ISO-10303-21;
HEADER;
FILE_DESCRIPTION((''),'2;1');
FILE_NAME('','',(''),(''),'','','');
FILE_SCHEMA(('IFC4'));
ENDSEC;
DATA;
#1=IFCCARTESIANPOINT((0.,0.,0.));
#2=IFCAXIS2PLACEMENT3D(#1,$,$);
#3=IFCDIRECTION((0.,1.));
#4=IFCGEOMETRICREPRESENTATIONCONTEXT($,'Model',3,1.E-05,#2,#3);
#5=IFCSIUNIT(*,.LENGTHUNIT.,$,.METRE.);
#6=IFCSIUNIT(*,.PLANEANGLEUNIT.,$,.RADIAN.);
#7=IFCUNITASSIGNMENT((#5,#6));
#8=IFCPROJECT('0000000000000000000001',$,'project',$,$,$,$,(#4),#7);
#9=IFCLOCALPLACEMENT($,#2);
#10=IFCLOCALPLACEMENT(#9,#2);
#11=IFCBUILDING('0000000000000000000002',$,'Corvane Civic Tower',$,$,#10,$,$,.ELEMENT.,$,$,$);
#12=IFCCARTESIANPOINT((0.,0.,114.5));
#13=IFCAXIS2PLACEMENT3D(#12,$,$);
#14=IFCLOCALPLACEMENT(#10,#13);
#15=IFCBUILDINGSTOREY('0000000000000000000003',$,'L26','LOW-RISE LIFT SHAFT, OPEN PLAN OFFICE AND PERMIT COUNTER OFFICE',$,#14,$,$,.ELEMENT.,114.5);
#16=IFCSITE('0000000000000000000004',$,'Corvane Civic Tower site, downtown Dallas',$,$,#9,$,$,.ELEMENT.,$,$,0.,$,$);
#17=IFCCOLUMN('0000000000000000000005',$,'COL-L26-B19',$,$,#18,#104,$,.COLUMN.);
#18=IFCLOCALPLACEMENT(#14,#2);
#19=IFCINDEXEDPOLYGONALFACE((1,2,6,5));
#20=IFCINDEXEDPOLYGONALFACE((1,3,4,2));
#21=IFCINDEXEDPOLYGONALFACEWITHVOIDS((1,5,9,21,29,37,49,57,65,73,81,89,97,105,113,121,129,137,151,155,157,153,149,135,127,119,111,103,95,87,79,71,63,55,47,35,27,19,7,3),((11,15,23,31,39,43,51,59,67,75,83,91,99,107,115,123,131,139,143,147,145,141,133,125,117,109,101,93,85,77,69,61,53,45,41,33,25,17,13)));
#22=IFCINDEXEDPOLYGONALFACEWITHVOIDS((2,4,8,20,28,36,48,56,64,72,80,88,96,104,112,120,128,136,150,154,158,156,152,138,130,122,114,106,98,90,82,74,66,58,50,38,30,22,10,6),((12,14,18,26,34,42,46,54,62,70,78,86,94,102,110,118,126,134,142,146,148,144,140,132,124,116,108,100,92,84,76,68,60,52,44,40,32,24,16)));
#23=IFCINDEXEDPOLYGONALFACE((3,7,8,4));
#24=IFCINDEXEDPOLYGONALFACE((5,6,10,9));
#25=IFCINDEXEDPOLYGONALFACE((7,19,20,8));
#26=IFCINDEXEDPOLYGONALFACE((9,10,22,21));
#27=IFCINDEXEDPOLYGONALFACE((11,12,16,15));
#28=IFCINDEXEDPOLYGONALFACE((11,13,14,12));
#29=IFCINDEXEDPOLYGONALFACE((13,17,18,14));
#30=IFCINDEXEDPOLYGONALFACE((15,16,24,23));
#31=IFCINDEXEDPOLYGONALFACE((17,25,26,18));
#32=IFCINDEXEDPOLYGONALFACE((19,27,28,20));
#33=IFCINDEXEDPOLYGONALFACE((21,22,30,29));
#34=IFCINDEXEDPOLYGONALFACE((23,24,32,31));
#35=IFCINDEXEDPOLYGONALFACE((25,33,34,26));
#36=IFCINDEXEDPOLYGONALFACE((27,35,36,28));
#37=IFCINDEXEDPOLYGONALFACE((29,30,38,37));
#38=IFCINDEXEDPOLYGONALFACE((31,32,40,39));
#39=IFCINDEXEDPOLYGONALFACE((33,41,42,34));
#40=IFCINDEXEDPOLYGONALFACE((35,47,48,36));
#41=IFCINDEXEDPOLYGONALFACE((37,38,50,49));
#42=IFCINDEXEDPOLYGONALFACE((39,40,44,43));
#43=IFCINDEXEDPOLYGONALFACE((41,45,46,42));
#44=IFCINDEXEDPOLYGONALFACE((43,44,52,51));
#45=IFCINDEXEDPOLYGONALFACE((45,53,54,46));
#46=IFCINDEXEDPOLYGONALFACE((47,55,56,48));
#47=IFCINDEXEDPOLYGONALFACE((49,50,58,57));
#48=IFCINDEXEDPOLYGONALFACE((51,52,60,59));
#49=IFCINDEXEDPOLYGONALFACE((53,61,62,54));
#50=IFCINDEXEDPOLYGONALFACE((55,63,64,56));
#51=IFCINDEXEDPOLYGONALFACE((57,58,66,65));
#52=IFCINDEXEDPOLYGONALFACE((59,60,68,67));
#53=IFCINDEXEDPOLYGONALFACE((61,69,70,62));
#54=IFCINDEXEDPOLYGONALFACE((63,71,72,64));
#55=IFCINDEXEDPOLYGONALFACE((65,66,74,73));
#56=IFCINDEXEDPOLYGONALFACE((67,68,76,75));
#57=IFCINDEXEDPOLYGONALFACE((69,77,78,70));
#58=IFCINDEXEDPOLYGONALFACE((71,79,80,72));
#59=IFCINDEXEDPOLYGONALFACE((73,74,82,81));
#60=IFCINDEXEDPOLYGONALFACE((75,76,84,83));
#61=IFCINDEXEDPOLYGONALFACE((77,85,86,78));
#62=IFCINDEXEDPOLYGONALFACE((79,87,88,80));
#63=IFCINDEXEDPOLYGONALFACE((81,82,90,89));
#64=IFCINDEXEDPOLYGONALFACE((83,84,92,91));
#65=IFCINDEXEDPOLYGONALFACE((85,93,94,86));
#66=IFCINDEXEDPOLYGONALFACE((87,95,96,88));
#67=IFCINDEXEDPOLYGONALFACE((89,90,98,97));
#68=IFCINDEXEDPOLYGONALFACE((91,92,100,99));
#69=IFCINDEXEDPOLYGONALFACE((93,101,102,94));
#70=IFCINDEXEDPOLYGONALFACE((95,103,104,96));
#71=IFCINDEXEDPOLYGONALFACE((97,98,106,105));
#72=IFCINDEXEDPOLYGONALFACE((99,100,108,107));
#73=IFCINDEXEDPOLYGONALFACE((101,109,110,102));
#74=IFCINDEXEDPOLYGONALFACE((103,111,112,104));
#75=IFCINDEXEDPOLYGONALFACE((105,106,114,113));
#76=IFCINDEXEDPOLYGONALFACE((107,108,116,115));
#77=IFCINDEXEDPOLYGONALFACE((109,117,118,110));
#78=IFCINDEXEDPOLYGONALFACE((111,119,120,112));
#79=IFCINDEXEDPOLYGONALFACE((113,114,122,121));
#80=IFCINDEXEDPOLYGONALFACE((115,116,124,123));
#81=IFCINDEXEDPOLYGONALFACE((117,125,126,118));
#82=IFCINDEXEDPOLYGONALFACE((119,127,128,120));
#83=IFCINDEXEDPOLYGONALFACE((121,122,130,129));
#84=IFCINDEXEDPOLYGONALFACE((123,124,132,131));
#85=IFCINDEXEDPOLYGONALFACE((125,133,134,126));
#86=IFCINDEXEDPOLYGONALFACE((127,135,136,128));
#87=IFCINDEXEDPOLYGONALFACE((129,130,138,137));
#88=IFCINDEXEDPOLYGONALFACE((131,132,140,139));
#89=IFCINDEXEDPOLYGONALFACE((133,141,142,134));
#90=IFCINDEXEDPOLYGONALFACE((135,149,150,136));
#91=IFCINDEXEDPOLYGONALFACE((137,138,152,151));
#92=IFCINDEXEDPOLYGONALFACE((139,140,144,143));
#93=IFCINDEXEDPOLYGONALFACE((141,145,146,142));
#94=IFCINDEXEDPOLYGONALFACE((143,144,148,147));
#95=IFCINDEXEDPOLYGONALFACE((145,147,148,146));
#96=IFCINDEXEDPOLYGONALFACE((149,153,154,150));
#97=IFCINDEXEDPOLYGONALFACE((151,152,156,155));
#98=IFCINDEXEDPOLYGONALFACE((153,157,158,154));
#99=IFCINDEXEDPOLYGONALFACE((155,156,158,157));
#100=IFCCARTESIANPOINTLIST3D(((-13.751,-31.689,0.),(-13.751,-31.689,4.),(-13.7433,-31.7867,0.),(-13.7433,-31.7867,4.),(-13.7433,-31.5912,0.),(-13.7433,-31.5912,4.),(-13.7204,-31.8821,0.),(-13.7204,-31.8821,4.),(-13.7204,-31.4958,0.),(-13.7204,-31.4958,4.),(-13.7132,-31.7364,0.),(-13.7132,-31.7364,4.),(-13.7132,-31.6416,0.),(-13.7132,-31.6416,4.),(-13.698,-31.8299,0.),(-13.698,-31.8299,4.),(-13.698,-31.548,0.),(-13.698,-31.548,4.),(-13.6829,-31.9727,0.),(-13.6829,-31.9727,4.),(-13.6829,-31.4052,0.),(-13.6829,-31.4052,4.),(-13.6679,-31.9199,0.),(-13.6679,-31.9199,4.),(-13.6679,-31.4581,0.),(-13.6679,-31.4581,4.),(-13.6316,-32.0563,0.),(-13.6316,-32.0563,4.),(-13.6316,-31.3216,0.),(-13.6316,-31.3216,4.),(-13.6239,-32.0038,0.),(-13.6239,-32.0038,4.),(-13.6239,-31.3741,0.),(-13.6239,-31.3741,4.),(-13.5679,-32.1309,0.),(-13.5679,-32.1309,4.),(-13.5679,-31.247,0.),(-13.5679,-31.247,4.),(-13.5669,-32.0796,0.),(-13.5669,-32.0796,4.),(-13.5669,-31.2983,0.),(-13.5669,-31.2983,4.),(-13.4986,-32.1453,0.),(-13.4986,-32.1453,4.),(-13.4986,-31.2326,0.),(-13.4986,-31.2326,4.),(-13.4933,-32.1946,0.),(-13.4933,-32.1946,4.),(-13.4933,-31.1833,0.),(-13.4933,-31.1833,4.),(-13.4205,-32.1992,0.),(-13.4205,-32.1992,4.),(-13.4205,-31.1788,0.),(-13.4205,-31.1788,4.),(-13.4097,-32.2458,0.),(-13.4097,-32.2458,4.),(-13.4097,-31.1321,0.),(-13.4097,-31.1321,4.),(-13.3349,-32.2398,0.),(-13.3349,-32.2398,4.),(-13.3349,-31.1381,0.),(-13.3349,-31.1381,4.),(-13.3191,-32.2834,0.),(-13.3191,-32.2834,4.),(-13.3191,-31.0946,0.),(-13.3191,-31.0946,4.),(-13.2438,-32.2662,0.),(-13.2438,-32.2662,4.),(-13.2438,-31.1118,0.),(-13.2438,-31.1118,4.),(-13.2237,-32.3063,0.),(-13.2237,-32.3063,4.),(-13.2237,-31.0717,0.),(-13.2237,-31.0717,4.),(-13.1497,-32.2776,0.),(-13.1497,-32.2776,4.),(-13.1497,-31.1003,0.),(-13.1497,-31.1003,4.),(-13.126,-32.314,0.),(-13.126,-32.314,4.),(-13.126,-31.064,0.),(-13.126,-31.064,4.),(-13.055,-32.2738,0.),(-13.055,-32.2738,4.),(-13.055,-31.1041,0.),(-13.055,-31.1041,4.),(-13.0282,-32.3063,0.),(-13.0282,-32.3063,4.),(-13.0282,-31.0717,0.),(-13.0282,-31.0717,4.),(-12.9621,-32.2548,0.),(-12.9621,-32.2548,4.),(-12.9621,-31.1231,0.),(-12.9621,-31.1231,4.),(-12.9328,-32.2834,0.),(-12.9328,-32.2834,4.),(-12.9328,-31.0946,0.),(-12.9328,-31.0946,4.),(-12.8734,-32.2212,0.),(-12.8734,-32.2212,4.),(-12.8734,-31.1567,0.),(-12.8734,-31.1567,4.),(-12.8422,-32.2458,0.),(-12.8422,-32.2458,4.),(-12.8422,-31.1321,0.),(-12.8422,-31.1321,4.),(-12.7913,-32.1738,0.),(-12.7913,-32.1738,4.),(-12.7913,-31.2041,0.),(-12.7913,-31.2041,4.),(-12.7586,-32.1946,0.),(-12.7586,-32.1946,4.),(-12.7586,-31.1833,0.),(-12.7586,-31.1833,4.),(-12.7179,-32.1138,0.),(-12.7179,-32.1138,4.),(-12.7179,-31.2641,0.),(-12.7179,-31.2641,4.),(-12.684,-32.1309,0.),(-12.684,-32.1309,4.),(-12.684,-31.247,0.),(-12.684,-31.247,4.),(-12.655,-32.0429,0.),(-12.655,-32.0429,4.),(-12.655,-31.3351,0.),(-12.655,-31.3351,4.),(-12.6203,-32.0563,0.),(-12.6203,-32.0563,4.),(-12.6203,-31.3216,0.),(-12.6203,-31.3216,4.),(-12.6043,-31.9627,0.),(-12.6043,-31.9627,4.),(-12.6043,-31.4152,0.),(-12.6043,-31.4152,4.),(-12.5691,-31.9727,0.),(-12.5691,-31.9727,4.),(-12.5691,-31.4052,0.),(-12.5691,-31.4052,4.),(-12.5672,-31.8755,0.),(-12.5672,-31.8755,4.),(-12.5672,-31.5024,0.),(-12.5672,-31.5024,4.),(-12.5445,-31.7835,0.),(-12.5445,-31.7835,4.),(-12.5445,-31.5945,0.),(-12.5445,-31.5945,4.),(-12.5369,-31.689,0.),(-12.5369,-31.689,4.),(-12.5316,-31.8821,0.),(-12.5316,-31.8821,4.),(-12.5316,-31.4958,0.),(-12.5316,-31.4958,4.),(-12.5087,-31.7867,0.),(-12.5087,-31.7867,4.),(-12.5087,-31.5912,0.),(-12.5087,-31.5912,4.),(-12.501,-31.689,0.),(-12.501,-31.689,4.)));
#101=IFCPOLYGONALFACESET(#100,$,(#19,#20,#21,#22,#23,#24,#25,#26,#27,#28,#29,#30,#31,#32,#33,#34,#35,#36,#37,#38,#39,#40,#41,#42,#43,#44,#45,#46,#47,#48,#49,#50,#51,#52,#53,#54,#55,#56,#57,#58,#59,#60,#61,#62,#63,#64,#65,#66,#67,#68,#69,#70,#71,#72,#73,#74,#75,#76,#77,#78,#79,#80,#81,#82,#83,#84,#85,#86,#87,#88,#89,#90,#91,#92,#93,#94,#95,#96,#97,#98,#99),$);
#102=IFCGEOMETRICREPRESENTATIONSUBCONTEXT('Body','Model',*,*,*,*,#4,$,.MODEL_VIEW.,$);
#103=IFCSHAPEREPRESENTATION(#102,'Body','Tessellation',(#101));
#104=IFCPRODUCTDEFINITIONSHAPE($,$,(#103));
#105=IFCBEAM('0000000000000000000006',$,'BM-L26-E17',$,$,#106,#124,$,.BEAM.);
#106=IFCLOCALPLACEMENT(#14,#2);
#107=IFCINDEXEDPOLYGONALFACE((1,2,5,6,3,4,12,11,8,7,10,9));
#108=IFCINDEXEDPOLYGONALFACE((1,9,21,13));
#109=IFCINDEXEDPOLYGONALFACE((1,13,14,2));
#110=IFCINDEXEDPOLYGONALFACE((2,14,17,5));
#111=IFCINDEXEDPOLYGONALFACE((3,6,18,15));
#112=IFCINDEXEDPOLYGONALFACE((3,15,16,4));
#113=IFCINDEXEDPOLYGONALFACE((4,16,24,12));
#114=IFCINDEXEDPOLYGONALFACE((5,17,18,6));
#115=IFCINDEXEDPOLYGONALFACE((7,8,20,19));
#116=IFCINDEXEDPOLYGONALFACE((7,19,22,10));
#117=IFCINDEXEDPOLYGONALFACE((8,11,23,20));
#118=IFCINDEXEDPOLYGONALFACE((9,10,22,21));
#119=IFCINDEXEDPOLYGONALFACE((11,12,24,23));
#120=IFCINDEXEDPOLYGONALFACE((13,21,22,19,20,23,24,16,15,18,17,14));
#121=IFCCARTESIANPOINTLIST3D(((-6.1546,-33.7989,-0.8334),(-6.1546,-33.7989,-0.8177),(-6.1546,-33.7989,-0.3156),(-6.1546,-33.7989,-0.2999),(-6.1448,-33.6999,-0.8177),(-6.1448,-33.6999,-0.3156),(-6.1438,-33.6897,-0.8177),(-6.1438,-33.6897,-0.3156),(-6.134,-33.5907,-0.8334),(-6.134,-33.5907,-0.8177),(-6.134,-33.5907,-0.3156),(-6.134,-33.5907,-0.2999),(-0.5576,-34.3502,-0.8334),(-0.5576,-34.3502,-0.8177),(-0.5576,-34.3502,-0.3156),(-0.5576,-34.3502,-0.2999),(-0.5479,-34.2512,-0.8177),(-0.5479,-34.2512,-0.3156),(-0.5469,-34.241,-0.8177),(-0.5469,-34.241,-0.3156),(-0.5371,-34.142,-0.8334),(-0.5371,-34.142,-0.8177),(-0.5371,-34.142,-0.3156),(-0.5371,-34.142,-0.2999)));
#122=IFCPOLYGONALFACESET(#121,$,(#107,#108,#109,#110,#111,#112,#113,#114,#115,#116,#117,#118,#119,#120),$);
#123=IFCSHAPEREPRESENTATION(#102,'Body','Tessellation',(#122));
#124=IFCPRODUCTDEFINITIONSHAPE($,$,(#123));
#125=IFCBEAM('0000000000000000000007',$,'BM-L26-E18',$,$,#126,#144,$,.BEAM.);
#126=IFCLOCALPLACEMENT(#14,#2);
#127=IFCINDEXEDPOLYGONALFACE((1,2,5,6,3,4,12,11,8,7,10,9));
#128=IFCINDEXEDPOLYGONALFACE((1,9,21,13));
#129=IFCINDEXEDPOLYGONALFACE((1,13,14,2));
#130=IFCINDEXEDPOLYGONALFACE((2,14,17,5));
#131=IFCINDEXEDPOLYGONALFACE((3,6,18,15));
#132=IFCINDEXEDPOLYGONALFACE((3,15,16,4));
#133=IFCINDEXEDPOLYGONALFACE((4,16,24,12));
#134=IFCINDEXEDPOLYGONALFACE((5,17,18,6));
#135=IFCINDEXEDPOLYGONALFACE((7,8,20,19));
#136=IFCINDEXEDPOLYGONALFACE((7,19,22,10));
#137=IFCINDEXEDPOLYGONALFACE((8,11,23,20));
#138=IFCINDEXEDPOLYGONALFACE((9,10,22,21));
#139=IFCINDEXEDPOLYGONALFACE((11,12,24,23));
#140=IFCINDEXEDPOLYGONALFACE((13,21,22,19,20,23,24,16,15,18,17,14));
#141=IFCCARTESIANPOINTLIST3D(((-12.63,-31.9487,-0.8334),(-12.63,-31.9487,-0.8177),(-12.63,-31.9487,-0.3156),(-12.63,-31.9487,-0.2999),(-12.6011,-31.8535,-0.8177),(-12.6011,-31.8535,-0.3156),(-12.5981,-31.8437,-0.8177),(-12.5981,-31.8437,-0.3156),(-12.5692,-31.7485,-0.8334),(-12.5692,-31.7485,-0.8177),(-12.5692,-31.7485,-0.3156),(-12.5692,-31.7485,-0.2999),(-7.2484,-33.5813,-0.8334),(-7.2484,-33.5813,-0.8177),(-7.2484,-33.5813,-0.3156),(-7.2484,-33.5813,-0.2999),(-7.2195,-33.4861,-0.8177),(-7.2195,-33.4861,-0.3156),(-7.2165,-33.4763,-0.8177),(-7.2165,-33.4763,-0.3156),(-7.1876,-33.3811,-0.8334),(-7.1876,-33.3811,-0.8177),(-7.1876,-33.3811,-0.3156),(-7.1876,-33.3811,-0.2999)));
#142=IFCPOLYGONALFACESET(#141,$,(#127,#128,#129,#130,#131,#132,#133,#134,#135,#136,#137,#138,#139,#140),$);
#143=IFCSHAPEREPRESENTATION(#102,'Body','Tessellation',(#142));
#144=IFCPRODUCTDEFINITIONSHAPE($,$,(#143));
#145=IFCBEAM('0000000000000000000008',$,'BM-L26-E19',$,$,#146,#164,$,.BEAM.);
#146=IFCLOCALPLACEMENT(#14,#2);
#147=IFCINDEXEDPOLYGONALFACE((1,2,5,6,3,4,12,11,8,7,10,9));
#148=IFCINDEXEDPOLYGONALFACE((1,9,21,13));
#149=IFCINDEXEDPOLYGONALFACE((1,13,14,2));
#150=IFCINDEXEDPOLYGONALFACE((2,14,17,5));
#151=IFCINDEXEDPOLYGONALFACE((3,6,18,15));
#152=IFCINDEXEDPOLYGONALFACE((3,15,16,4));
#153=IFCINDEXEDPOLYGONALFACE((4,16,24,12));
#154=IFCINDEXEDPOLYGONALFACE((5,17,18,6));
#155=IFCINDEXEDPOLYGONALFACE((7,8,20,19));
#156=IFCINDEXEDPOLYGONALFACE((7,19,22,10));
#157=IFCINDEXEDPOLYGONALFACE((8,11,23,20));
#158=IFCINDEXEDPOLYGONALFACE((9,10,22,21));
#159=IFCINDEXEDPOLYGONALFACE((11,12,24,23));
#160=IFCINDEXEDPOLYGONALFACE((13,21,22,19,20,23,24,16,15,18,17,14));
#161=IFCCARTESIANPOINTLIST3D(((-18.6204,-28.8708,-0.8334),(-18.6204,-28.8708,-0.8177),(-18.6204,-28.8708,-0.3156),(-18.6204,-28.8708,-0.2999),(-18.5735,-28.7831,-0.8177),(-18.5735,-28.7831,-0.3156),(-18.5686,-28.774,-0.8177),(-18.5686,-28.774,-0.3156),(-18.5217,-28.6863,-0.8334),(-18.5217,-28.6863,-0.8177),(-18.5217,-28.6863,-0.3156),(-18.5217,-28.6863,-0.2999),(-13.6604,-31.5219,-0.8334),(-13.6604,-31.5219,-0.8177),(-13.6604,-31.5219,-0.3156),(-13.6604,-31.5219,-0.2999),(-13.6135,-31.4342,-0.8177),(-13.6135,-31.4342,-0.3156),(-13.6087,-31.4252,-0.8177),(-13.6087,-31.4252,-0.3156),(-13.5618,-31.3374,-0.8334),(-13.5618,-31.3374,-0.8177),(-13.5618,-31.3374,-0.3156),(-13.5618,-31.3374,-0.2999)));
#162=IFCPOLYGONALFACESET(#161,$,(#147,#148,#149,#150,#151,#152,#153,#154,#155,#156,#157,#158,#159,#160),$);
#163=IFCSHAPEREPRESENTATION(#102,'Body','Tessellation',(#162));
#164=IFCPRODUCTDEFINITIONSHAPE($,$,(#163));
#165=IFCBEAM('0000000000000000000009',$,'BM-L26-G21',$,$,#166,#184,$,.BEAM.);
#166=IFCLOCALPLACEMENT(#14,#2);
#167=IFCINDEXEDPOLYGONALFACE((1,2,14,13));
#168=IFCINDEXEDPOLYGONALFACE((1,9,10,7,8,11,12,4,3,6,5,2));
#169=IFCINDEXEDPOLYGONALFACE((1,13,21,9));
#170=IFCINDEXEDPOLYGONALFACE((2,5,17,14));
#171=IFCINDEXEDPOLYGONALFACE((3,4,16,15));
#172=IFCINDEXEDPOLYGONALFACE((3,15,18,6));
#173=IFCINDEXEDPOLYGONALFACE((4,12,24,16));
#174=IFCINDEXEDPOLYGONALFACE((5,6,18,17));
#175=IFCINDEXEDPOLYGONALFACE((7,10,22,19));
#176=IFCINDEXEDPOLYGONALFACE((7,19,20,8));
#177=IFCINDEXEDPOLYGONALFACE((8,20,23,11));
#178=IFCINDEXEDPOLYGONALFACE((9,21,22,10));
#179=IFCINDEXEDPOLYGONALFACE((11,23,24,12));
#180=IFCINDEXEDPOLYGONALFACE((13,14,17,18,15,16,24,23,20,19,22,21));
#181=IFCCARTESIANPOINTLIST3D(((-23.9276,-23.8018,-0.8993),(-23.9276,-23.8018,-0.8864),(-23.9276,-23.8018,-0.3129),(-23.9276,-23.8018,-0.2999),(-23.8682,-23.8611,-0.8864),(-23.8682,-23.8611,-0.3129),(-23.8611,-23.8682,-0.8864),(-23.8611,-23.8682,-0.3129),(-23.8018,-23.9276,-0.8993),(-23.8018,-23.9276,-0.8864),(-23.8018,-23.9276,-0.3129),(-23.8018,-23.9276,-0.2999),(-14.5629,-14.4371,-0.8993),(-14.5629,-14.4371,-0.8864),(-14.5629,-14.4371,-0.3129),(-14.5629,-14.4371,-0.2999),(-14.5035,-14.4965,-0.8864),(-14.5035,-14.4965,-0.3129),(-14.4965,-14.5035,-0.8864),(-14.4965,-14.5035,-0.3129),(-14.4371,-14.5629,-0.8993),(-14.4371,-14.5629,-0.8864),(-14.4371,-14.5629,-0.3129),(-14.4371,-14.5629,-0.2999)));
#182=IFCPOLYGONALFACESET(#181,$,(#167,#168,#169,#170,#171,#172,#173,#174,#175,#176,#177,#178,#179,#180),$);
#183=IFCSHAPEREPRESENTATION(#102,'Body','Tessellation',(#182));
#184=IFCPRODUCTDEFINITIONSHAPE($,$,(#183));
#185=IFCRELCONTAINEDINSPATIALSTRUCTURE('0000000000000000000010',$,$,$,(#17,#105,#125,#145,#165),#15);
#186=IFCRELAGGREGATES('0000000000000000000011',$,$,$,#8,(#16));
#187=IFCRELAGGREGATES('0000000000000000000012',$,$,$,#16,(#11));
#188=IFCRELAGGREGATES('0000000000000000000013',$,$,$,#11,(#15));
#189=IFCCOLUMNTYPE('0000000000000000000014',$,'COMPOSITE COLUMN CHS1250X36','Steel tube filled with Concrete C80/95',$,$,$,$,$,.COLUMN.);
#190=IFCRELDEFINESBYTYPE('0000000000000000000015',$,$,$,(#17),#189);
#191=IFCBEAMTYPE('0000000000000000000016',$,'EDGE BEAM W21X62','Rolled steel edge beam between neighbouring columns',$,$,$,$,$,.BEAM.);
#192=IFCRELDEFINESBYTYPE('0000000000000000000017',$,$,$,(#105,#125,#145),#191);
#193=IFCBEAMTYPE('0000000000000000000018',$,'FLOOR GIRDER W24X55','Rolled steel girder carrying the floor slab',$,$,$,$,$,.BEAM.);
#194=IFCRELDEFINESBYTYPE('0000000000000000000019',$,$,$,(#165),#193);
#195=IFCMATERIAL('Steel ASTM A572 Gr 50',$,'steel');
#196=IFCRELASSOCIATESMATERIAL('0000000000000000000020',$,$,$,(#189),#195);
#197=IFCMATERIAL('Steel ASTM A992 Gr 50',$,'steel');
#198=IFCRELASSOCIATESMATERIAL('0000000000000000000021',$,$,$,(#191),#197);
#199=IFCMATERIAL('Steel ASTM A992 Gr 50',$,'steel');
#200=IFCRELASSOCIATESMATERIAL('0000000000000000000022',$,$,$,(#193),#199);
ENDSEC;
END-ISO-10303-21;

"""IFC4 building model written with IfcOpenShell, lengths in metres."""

from ifc_helpers import new_model, si_unit, direction, frame, origin, origin_2d, place, context, subcontext, project, spatial, hollow_circle, i_section, extrude, material, material_profile, profile_set, type_object, element, save


model = new_model("IFC4")

# Units and contexts
model_context = context("Model", 3, precision=1e-05, world=origin(), true_north=direction((0.0, 1.0)))
body_context = subcontext(model_context, "Body", "Model", "MODEL_VIEW")
ifc_project = project(units=[si_unit("LENGTHUNIT", "METRE"), si_unit("PLANEANGLEUNIT", "RADIAN")], contexts=[model_context])

# Site, building, storey
site_placement = place(None, origin())
site = spatial("IfcSite", under=ifc_project, at=site_placement, Name="Corvane Civic Tower site, downtown Dallas", CompositionType="ELEMENT", RefElevation=0.0)
building_placement = place(site_placement, origin())
building = spatial("IfcBuilding", under=site, at=building_placement, Name="Corvane Civic Tower", CompositionType="ELEMENT")
storey_placement = place(building_placement, frame((0.0, 0.0, 114.5)))
storey = spatial("IfcBuildingStorey", under=building, at=storey_placement, Name="L26", Description="LOW-RISE LIFT SHAFT, OPEN PLAN OFFICE AND PERMIT COUNTER OFFICE", CompositionType="ELEMENT", Elevation=114.5)

# Column
ifc_material_1 = material(Name="Steel ASTM A572 Gr 50", Category="steel")
ifc_material_profile_1 = material_profile(ifc_material_1, hollow_circle(Radius=0.625, WallThickness=0.0359, at=origin_2d()), Name="CHS1250X36")
ifc_profile_set_1 = profile_set([ifc_material_profile_1], Name="Steel ASTM A572 Gr 50")
column_type = type_object("IfcColumnType", Name="COMPOSITE COLUMN CHS1250X36", Description="Steel tube filled with Concrete C80/95", PredefinedType="COLUMN", material=ifc_profile_set_1)
for number, where, z_axis, x_axis, name in (
    (1, (-13.126, -31.689, 0.0), (0.0, 0.0, 1.0), (1.0, 0.0, 0.0), "COL-L26-B19"),
):
    element("IfcColumn", number, at=place(storey_placement, frame(where, z_axis=z_axis, x_axis=x_axis)), inside=storey, type_object=column_type, Name=name, PredefinedType="COLUMN", context=body_context, shape_type="SweptSolid", body=[
        extrude(hollow_circle(Radius=0.625, WallThickness=0.0359, at=origin_2d()), origin(), (0.0, 0.0, 1.0), 4.0),
    ])

# Beams
ifc_material_2 = material(Name="Steel ASTM A992 Gr 50", Category="steel")
ifc_material_profile_2 = material_profile(ifc_material_2, i_section(OverallWidth=0.2092, OverallDepth=0.5334, WebThickness=0.0103, FlangeThickness=0.0156, at=origin_2d()), Name="W21X62")
ifc_profile_set_2 = profile_set([ifc_material_profile_2], Name="Steel ASTM A992 Gr 50")
beam_type_1 = type_object("IfcBeamType", Name="EDGE BEAM W21X62", Description="Rolled steel edge beam between neighbouring columns", PredefinedType="BEAM", material=ifc_profile_set_2)
beam_1_placement = place(storey_placement, frame((-0.5474, -34.2461, -0.5667), z_axis=(-0.995184, 0.098021, 0.0), x_axis=(-0.098021, -0.995184, 0.0)))
element("IfcBeam", 2, at=beam_1_placement, inside=storey, type_object=beam_type_1, Name="BM-L26-E17", PredefinedType="BEAM", context=body_context, shape_type="SweptSolid", body=[
    extrude(i_section(OverallWidth=0.2092, OverallDepth=0.5334, WebThickness=0.0103, FlangeThickness=0.0156, at=origin_2d()), origin(), (0.0, 0.0, 1.0), 5.624),
])
beam_2_placement = place(storey_placement, frame((-7.218, -33.4812, -0.5667), z_axis=(-0.956936, 0.290298, 0.0), x_axis=(-0.290298, -0.956936, 0.0)))
element("IfcBeam", 3, at=beam_2_placement, inside=storey, type_object=beam_type_1, Name="BM-L26-E18", PredefinedType="BEAM", context=body_context, shape_type="SweptSolid", body=[
    extrude(i_section(OverallWidth=0.2092, OverallDepth=0.5334, WebThickness=0.0103, FlangeThickness=0.0156, at=origin_2d()), origin(), (0.0, 0.0, 1.0), 5.6238),
])
beam_3_placement = place(storey_placement, frame((-13.6111, -31.4297, -0.5667), z_axis=(-0.881924, 0.471392, 0.0), x_axis=(-0.471392, -0.881924, 0.0)))
element("IfcBeam", 4, at=beam_3_placement, inside=storey, type_object=beam_type_1, Name="BM-L26-E19", PredefinedType="BEAM", context=body_context, shape_type="SweptSolid", body=[
    extrude(i_section(OverallWidth=0.2092, OverallDepth=0.5334, WebThickness=0.0103, FlangeThickness=0.0156, at=origin_2d()), origin(), (0.0, 0.0, 1.0), 5.624),
])
ifc_material_3 = material(Name="Steel ASTM A992 Gr 50", Category="steel")
ifc_material_profile_3 = material_profile(ifc_material_3, i_section(OverallWidth=0.178, OverallDepth=0.5994, WebThickness=0.01, FlangeThickness=0.0129, at=origin_2d()), Name="W24X55")
ifc_profile_set_3 = profile_set([ifc_material_profile_3], Name="Steel ASTM A992 Gr 50")
beam_type_2 = type_object("IfcBeamType", Name="FLOOR GIRDER W24X55", Description="Rolled steel girder carrying the floor slab", PredefinedType="BEAM", material=ifc_profile_set_3)
beam_4_placement = place(storey_placement, frame((-14.5, -14.5, -0.5996), z_axis=(-0.707107, -0.707107, 0.0), x_axis=(0.707107, -0.707107, 0.0)))
element("IfcBeam", 5, at=beam_4_placement, inside=storey, type_object=beam_type_2, Name="BM-L26-G21", PredefinedType="BEAM", context=body_context, shape_type="SweptSolid", body=[
    extrude(i_section(OverallWidth=0.178, OverallDepth=0.5994, WebThickness=0.01, FlangeThickness=0.0129, at=origin_2d()), origin(), (0.0, 0.0, 1.0), 13.2437),
])

save(model, "model.ifc")
